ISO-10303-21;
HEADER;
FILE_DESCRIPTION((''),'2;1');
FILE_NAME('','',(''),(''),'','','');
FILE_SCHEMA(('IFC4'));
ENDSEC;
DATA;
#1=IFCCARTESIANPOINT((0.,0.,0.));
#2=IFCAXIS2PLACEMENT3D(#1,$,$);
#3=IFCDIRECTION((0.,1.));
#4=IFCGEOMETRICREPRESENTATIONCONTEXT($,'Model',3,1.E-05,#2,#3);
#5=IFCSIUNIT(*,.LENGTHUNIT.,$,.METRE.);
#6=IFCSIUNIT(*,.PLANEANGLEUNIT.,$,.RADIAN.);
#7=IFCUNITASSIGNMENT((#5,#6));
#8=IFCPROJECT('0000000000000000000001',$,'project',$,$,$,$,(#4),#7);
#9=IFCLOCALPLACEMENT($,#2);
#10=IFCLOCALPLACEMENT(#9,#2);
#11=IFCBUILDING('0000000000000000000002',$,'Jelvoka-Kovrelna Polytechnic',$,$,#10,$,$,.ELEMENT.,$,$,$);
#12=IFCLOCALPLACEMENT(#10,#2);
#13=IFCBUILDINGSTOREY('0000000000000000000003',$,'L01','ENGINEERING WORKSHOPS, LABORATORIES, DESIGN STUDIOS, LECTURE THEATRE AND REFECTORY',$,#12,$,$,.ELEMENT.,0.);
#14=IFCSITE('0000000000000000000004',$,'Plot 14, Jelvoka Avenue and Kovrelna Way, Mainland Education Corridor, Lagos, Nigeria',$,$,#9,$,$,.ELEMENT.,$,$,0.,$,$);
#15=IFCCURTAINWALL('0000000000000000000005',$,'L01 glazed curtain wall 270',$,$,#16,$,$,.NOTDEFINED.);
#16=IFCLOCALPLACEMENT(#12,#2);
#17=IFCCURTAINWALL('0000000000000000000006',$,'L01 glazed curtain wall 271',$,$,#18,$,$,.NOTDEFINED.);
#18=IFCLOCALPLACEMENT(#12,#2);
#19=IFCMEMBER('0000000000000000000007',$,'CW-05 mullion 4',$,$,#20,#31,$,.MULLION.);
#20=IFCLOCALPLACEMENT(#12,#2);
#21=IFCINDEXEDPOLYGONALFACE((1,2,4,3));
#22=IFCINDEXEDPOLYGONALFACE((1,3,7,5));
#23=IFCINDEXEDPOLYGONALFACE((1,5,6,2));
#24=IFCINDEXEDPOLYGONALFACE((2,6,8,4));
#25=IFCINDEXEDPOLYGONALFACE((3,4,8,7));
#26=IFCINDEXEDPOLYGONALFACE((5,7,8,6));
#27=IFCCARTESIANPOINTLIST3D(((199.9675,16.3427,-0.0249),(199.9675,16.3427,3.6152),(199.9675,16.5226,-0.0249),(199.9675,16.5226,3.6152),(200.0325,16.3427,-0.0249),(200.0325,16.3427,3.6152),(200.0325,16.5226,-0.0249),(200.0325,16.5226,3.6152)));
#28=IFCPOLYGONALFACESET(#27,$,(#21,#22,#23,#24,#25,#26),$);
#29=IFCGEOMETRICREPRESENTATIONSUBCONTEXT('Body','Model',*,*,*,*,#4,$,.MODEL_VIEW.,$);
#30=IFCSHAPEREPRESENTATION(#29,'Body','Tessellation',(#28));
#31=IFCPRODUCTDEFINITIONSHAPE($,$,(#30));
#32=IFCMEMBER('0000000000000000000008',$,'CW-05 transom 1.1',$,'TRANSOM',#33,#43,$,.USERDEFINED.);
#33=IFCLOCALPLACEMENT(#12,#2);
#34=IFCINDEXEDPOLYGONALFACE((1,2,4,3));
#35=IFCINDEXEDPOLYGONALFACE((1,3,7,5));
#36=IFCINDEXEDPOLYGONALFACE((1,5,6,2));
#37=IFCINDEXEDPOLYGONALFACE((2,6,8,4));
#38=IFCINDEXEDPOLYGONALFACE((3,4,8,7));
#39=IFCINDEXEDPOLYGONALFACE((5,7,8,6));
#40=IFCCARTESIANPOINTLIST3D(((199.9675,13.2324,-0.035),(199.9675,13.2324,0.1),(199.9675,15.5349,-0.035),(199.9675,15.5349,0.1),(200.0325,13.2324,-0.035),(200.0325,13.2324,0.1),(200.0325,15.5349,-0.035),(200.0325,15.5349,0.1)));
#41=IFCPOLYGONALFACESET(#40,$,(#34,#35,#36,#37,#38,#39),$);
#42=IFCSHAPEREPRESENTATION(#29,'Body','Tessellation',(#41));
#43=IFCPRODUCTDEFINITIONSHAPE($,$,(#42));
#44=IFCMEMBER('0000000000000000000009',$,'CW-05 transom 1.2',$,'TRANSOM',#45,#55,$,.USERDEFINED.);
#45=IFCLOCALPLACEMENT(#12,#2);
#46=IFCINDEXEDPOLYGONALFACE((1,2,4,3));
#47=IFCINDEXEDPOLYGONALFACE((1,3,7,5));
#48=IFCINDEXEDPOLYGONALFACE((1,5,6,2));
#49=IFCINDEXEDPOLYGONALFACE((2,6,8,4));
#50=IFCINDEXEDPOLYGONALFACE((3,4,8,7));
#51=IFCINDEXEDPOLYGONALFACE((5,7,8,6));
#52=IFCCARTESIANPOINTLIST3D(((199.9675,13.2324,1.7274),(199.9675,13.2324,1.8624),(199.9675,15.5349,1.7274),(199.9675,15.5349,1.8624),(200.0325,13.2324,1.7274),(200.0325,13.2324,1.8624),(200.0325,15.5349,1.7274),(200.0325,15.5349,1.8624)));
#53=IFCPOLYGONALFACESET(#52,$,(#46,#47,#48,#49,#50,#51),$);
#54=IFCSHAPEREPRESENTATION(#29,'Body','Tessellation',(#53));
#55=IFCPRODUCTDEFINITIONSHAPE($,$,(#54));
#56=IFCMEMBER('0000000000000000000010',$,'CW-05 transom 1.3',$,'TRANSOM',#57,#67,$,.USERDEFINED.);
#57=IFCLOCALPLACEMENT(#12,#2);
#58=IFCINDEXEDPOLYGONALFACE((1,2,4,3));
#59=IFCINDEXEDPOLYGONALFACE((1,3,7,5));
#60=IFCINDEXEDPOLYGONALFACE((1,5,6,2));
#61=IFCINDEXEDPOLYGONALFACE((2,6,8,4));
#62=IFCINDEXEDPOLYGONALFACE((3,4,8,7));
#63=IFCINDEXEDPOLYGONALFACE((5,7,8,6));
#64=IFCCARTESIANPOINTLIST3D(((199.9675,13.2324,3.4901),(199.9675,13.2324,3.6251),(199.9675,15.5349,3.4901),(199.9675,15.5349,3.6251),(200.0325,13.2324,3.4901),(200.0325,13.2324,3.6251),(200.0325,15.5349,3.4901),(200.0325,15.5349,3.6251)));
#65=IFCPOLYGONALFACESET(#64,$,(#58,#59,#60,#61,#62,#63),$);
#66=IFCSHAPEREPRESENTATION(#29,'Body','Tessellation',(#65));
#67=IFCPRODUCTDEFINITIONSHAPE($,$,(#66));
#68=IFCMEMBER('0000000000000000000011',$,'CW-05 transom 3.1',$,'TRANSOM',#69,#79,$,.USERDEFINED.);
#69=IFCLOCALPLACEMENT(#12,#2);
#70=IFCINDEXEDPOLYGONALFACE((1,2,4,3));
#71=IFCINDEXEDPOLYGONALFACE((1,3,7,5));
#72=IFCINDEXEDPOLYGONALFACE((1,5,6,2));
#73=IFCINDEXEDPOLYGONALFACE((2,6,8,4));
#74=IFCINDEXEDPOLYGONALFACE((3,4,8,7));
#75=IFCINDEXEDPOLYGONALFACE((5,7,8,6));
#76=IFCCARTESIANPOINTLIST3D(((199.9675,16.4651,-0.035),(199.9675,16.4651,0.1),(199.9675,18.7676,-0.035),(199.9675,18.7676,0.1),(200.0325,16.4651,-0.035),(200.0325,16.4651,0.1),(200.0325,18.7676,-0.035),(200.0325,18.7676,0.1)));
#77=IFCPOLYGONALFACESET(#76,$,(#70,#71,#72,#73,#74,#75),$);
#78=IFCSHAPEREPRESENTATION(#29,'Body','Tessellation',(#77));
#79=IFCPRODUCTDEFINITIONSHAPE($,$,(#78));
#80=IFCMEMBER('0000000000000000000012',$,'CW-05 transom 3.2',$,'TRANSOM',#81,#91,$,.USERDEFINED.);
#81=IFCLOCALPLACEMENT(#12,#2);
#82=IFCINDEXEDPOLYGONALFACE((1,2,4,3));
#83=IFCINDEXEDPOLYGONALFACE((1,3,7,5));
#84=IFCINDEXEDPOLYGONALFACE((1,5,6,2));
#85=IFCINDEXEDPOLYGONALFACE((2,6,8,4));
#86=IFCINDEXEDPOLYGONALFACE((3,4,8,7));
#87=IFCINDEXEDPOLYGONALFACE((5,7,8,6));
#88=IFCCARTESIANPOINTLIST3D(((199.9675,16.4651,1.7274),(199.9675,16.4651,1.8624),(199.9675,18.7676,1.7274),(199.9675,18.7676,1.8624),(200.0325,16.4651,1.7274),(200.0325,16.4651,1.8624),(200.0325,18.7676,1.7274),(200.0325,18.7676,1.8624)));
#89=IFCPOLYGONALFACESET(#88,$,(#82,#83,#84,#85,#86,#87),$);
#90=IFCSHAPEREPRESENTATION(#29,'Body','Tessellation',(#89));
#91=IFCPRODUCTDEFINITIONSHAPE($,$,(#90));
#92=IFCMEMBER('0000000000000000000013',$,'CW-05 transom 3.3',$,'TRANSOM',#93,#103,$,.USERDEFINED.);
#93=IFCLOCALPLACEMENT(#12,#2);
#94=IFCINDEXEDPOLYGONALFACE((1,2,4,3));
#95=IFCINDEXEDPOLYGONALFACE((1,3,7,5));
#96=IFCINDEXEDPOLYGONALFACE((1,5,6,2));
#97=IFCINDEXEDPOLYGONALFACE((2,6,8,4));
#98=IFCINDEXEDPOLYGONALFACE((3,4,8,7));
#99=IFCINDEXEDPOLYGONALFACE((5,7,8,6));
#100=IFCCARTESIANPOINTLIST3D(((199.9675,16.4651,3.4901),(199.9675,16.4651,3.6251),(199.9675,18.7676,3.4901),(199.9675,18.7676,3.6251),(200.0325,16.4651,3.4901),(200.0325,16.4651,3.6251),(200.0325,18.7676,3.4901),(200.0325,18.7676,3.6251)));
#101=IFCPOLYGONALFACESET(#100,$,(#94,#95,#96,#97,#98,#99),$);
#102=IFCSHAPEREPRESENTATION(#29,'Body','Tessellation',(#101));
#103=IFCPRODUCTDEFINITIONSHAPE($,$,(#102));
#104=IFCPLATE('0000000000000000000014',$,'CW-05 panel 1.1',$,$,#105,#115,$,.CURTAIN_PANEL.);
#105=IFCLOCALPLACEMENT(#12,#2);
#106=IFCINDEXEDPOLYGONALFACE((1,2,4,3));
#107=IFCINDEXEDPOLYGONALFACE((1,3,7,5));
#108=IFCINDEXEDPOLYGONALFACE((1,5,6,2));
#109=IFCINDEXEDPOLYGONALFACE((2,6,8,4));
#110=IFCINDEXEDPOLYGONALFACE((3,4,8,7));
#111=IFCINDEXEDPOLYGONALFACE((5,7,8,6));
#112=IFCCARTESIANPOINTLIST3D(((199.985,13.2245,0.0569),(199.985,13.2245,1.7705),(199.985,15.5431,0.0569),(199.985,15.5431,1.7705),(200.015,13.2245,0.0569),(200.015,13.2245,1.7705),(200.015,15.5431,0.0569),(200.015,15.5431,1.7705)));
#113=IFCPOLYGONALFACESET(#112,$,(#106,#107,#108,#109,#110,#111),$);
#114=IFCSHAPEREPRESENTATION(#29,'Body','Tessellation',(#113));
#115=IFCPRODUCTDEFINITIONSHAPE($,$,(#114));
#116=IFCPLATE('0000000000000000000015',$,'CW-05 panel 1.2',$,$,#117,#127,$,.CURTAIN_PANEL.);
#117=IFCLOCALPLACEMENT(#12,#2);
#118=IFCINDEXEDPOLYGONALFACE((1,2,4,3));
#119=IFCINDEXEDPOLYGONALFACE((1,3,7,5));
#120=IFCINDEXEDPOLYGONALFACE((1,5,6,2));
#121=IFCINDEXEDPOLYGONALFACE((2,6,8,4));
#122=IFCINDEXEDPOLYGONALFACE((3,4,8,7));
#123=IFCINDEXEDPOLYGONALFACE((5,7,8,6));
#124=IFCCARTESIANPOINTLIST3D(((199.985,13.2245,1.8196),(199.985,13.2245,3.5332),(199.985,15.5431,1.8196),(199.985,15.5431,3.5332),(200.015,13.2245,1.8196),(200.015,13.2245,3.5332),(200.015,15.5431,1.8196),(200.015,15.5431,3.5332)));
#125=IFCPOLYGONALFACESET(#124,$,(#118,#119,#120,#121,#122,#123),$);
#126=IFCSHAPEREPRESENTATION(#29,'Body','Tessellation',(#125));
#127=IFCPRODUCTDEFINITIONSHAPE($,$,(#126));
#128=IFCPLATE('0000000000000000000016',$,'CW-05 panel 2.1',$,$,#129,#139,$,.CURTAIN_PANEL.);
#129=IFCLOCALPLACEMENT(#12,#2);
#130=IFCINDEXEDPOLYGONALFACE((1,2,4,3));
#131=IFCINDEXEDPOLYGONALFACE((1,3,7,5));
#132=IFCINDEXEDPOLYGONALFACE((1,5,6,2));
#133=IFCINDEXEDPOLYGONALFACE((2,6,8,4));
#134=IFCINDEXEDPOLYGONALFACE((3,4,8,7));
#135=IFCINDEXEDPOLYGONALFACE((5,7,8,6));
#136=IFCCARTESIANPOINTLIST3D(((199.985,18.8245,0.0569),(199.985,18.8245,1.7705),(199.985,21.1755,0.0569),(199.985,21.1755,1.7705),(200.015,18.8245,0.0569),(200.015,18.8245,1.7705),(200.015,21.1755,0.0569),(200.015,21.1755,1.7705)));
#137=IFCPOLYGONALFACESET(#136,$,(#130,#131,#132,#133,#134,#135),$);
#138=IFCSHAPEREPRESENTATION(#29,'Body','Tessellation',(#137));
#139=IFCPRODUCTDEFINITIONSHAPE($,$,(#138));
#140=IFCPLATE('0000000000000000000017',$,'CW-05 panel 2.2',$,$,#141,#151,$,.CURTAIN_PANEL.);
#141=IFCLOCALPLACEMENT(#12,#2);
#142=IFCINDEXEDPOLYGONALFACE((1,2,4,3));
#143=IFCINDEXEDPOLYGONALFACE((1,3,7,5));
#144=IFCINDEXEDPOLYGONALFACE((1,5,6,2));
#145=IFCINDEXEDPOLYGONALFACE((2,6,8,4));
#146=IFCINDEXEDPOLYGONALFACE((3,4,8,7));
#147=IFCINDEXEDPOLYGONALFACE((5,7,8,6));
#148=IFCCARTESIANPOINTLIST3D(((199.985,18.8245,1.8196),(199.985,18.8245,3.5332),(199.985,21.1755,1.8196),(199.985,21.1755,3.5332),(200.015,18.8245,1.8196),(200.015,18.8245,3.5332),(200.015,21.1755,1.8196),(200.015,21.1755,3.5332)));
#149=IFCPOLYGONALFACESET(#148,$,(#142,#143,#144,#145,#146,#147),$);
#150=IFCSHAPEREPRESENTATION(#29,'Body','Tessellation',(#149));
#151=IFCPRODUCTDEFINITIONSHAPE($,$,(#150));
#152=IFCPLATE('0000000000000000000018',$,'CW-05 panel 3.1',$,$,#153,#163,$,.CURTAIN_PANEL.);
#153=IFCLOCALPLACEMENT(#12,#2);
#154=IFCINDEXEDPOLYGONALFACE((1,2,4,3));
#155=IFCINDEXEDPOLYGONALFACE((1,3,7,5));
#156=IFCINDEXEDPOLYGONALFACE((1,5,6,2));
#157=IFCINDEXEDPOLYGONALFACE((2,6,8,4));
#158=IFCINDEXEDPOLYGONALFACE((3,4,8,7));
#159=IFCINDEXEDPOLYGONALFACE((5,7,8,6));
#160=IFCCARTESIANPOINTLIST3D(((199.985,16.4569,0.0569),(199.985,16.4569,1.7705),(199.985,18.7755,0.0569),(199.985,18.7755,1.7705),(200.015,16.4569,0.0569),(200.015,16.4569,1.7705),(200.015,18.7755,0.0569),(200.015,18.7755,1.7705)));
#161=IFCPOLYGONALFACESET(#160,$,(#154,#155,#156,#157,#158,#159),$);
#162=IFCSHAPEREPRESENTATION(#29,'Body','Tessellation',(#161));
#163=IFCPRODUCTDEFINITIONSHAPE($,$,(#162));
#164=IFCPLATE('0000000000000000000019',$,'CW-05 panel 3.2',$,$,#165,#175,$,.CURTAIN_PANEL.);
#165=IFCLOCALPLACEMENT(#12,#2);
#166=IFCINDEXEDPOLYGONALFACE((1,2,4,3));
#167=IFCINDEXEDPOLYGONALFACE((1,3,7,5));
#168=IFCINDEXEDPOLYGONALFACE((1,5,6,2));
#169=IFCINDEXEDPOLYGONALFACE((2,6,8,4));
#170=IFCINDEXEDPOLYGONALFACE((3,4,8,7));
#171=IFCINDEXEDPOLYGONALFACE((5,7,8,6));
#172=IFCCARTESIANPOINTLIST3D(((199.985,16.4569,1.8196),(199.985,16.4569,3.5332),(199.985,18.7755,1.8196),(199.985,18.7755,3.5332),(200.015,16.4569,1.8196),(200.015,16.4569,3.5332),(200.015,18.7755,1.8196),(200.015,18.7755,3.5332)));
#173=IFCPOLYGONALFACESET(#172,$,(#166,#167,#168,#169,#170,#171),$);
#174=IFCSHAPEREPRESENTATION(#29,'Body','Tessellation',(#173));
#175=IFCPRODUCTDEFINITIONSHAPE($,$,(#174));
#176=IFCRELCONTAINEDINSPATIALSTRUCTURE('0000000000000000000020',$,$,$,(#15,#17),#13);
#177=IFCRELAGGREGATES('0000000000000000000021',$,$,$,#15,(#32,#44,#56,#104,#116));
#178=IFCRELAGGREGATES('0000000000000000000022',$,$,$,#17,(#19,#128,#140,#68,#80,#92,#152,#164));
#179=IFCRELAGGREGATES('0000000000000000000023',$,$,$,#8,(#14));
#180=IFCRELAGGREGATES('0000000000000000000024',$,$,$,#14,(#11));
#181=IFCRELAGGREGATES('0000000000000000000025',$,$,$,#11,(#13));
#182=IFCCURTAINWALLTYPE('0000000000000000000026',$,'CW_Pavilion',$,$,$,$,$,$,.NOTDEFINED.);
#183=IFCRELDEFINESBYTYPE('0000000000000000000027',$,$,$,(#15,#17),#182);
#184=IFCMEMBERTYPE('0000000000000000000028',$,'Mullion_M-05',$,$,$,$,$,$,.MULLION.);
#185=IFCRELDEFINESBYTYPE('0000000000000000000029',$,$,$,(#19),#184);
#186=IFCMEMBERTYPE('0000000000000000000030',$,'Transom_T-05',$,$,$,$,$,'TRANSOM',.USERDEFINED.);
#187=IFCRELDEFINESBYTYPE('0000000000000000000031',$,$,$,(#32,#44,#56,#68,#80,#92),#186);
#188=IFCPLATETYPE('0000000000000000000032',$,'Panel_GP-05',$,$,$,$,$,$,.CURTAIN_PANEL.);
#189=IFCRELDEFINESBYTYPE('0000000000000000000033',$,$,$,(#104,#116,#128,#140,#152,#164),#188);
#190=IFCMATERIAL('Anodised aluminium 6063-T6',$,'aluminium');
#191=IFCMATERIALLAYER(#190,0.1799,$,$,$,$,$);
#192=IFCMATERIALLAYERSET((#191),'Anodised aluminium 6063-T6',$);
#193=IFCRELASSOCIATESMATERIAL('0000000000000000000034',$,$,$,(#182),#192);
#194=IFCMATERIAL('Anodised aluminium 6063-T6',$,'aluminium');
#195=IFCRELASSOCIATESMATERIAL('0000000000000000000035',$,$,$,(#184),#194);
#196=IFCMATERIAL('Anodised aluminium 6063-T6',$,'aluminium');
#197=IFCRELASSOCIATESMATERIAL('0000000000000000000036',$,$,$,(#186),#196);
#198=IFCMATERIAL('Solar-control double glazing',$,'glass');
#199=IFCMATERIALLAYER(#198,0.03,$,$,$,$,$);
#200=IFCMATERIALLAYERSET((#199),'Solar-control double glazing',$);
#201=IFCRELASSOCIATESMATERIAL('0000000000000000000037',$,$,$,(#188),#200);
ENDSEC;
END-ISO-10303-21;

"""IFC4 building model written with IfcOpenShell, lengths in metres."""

from ifc_helpers import new_model, si_unit, direction, frame, origin, origin_2d, place, context, subcontext, project, spatial, rectangle, extrude, material, layer, layer_set, material_profile, profile_set, type_object, element, aggregate, save


model = new_model("IFC4")

# Units and contexts
model_context = context("Model", 3, precision=1e-05, world=origin(), true_north=direction((0.0, 1.0)))
body_context = subcontext(model_context, "Body", "Model", "MODEL_VIEW")
ifc_project = project(units=[si_unit("LENGTHUNIT", "METRE"), si_unit("PLANEANGLEUNIT", "RADIAN")], contexts=[model_context])

# Site, building, storey
site_placement = place(None, origin())
site = spatial("IfcSite", under=ifc_project, at=site_placement, Name="Plot 14, Jelvoka Avenue and Kovrelna Way, Mainland Education Corridor, Lagos, Nigeria", CompositionType="ELEMENT", RefElevation=0.0)
building_placement = place(site_placement, origin())
building = spatial("IfcBuilding", under=site, at=building_placement, Name="Jelvoka-Kovrelna Polytechnic", CompositionType="ELEMENT")
storey_placement = place(building_placement, origin())
storey = spatial("IfcBuildingStorey", under=building, at=storey_placement, Name="L01", Description="ENGINEERING WORKSHOPS, LABORATORIES, DESIGN STUDIOS, LECTURE THEATRE AND REFECTORY", CompositionType="ELEMENT", Elevation=0.0)

# Curtain wall
ifc_material_1 = material(Name="Anodised aluminium 6063-T6", Category="aluminium")
ifc_layer_1 = layer(ifc_material_1, 0.1799)
ifc_layer_set_1 = layer_set([ifc_layer_1], Name="Anodised aluminium 6063-T6")
curtain_wall_type = type_object("IfcCurtainWallType", Name="CW_Pavilion", PredefinedType="NOTDEFINED", material=ifc_layer_set_1)
curtain_wall_1_placement = place(storey_placement, origin())
curtain_wall_1 = element("IfcCurtainWall", 1, at=curtain_wall_1_placement, inside=storey, type_object=curtain_wall_type, Name="L01 glazed curtain wall 270", PredefinedType="NOTDEFINED")
ifc_material_2 = material(Name="Anodised aluminium 6063-T6", Category="aluminium")
ifc_material_profile_1 = material_profile(ifc_material_2, rectangle(XDim=0.0649, YDim=0.1799, at=origin_2d()), Name="ALU 65x180")
ifc_profile_set_1 = profile_set([ifc_material_profile_1], Name="Anodised aluminium 6063-T6")
member_type_1 = type_object("IfcMemberType", Name="Mullion_M-05", PredefinedType="MULLION", material=ifc_profile_set_1)

# Curtain wall, member
curtain_wall_2_placement = place(storey_placement, origin())
curtain_wall_2 = element("IfcCurtainWall", 2, at=curtain_wall_2_placement, inside=storey, type_object=curtain_wall_type, Name="L01 glazed curtain wall 271", PredefinedType="NOTDEFINED")
member_1_placement = place(storey_placement, frame((200.0, 16.4326, -0.0249), z_axis=(0.0, 0.0, 1.0), x_axis=(1.0, 0.0, 0.0)))
member_1 = element("IfcMember", 3, at=member_1_placement, type_object=member_type_1, Name="CW-05 mullion 4", PredefinedType="MULLION", context=body_context, shape_type="SweptSolid", body=[
    extrude(rectangle(XDim=0.0649, YDim=0.1799, at=origin_2d()), origin(), (0.0, 0.0, 1.0), 3.6401),
])

# Members
ifc_material_3 = material(Name="Anodised aluminium 6063-T6", Category="aluminium")
ifc_material_profile_2 = material_profile(ifc_material_3, rectangle(XDim=0.0649, YDim=0.135, at=origin_2d()), Name="ALU 65x135")
ifc_profile_set_2 = profile_set([ifc_material_profile_2], Name="Anodised aluminium 6063-T6")
member_type_2 = type_object("IfcMemberType", Name="Transom_T-05", ElementType="TRANSOM", PredefinedType="USERDEFINED", material=ifc_profile_set_2)
member_2_placement = place(storey_placement, frame((200.0, 15.5349, 0.0325), z_axis=(0.0, -1.0, 0.0), x_axis=(1.0, 0.0, 0.0)))
member_2 = element("IfcMember", 4, at=member_2_placement, type_object=member_type_2, Name="CW-05 transom 1.1", ObjectType="TRANSOM", PredefinedType="USERDEFINED", context=body_context, shape_type="SweptSolid", body=[
    extrude(rectangle(XDim=0.0649, YDim=0.135, at=origin_2d()), origin(), (0.0, 0.0, 1.0), 2.3025),
])
member_3_placement = place(storey_placement, frame((200.0, 15.5349, 1.7949), z_axis=(0.0, -1.0, 0.0), x_axis=(1.0, 0.0, 0.0)))
member_3 = element("IfcMember", 5, at=member_3_placement, type_object=member_type_2, Name="CW-05 transom 1.2", ObjectType="TRANSOM", PredefinedType="USERDEFINED", context=body_context, shape_type="SweptSolid", body=[
    extrude(rectangle(XDim=0.0649, YDim=0.135, at=origin_2d()), origin(), (0.0, 0.0, 1.0), 2.3025),
])
member_4_placement = place(storey_placement, frame((200.0, 15.5349, 3.5576), z_axis=(0.0, -1.0, 0.0), x_axis=(1.0, 0.0, 0.0)))
member_4 = element("IfcMember", 6, at=member_4_placement, type_object=member_type_2, Name="CW-05 transom 1.3", ObjectType="TRANSOM", PredefinedType="USERDEFINED", context=body_context, shape_type="SweptSolid", body=[
    extrude(rectangle(XDim=0.0649, YDim=0.135, at=origin_2d()), origin(), (0.0, 0.0, 1.0), 2.3025),
])
member_5_placement = place(storey_placement, frame((200.0, 18.7676, 0.0325), z_axis=(0.0, -1.0, 0.0), x_axis=(1.0, 0.0, 0.0)))
member_5 = element("IfcMember", 7, at=member_5_placement, type_object=member_type_2, Name="CW-05 transom 3.1", ObjectType="TRANSOM", PredefinedType="USERDEFINED", context=body_context, shape_type="SweptSolid", body=[
    extrude(rectangle(XDim=0.0649, YDim=0.135, at=origin_2d()), origin(), (0.0, 0.0, 1.0), 2.3025),
])
member_6_placement = place(storey_placement, frame((200.0, 18.7676, 1.7949), z_axis=(0.0, -1.0, 0.0), x_axis=(1.0, 0.0, 0.0)))
member_6 = element("IfcMember", 8, at=member_6_placement, type_object=member_type_2, Name="CW-05 transom 3.2", ObjectType="TRANSOM", PredefinedType="USERDEFINED", context=body_context, shape_type="SweptSolid", body=[
    extrude(rectangle(XDim=0.0649, YDim=0.135, at=origin_2d()), origin(), (0.0, 0.0, 1.0), 2.3025),
])
member_7_placement = place(storey_placement, frame((200.0, 18.7676, 3.5576), z_axis=(0.0, -1.0, 0.0), x_axis=(1.0, 0.0, 0.0)))
member_7 = element("IfcMember", 9, at=member_7_placement, type_object=member_type_2, Name="CW-05 transom 3.3", ObjectType="TRANSOM", PredefinedType="USERDEFINED", context=body_context, shape_type="SweptSolid", body=[
    extrude(rectangle(XDim=0.0649, YDim=0.135, at=origin_2d()), origin(), (0.0, 0.0, 1.0), 2.3025),
])

# Plates
ifc_material_4 = material(Name="Solar-control double glazing", Category="glass")
ifc_layer_2 = layer(ifc_material_4, 0.03)
ifc_layer_set_2 = layer_set([ifc_layer_2], Name="Solar-control double glazing")
plate_type = type_object("IfcPlateType", Name="Panel_GP-05", PredefinedType="CURTAIN_PANEL", material=ifc_layer_set_2)
plate_1_placement = place(storey_placement, frame((200.0, 14.3838, 0.0569), z_axis=(0.0, 0.0, 1.0), x_axis=(0.0, -1.0, 0.0)))
plate_1 = element("IfcPlate", 10, at=plate_1_placement, type_object=plate_type, Name="CW-05 panel 1.1", PredefinedType="CURTAIN_PANEL", context=body_context, shape_type="SweptSolid", body=[
    extrude(rectangle(XDim=2.3186, YDim=0.03, at=origin_2d()), origin(), (0.0, 0.0, 1.0), 1.7136),
])
plate_2_placement = place(storey_placement, frame((200.0, 14.3838, 1.8196), z_axis=(0.0, 0.0, 1.0), x_axis=(0.0, -1.0, 0.0)))
plate_2 = element("IfcPlate", 11, at=plate_2_placement, type_object=plate_type, Name="CW-05 panel 1.2", PredefinedType="CURTAIN_PANEL", context=body_context, shape_type="SweptSolid", body=[
    extrude(rectangle(XDim=2.3186, YDim=0.03, at=origin_2d()), origin(), (0.0, 0.0, 1.0), 1.7136),
])
aggregate(curtain_wall_1, [member_2, member_3, member_4, plate_1, plate_2])
plate_3_placement = place(storey_placement, frame((200.0, 20.0, 0.0569), z_axis=(0.0, 0.0, 1.0), x_axis=(0.0, -1.0, 0.0)))
plate_3 = element("IfcPlate", 12, at=plate_3_placement, type_object=plate_type, Name="CW-05 panel 2.1", PredefinedType="CURTAIN_PANEL", context=body_context, shape_type="SweptSolid", body=[
    extrude(rectangle(XDim=2.3511, YDim=0.03, at=origin_2d()), origin(), (0.0, 0.0, 1.0), 1.7136),
])
plate_4_placement = place(storey_placement, frame((200.0, 20.0, 1.8196), z_axis=(0.0, 0.0, 1.0), x_axis=(0.0, -1.0, 0.0)))
plate_4 = element("IfcPlate", 13, at=plate_4_placement, type_object=plate_type, Name="CW-05 panel 2.2", PredefinedType="CURTAIN_PANEL", context=body_context, shape_type="SweptSolid", body=[
    extrude(rectangle(XDim=2.3511, YDim=0.03, at=origin_2d()), origin(), (0.0, 0.0, 1.0), 1.7136),
])
plate_5_placement = place(storey_placement, frame((200.0, 17.6162, 0.0569), z_axis=(0.0, 0.0, 1.0), x_axis=(0.0, -1.0, 0.0)))
plate_5 = element("IfcPlate", 14, at=plate_5_placement, type_object=plate_type, Name="CW-05 panel 3.1", PredefinedType="CURTAIN_PANEL", context=body_context, shape_type="SweptSolid", body=[
    extrude(rectangle(XDim=2.3186, YDim=0.03, at=origin_2d()), origin(), (0.0, 0.0, 1.0), 1.7136),
])
plate_6_placement = place(storey_placement, frame((200.0, 17.6162, 1.8196), z_axis=(0.0, 0.0, 1.0), x_axis=(0.0, -1.0, 0.0)))
plate_6 = element("IfcPlate", 15, at=plate_6_placement, type_object=plate_type, Name="CW-05 panel 3.2", PredefinedType="CURTAIN_PANEL", context=body_context, shape_type="SweptSolid", body=[
    extrude(rectangle(XDim=2.3186, YDim=0.03, at=origin_2d()), origin(), (0.0, 0.0, 1.0), 1.7136),
])
aggregate(curtain_wall_2, [member_1, plate_3, plate_4, member_5, member_6, member_7, plate_5, plate_6])

save(model, "model.ifc")
